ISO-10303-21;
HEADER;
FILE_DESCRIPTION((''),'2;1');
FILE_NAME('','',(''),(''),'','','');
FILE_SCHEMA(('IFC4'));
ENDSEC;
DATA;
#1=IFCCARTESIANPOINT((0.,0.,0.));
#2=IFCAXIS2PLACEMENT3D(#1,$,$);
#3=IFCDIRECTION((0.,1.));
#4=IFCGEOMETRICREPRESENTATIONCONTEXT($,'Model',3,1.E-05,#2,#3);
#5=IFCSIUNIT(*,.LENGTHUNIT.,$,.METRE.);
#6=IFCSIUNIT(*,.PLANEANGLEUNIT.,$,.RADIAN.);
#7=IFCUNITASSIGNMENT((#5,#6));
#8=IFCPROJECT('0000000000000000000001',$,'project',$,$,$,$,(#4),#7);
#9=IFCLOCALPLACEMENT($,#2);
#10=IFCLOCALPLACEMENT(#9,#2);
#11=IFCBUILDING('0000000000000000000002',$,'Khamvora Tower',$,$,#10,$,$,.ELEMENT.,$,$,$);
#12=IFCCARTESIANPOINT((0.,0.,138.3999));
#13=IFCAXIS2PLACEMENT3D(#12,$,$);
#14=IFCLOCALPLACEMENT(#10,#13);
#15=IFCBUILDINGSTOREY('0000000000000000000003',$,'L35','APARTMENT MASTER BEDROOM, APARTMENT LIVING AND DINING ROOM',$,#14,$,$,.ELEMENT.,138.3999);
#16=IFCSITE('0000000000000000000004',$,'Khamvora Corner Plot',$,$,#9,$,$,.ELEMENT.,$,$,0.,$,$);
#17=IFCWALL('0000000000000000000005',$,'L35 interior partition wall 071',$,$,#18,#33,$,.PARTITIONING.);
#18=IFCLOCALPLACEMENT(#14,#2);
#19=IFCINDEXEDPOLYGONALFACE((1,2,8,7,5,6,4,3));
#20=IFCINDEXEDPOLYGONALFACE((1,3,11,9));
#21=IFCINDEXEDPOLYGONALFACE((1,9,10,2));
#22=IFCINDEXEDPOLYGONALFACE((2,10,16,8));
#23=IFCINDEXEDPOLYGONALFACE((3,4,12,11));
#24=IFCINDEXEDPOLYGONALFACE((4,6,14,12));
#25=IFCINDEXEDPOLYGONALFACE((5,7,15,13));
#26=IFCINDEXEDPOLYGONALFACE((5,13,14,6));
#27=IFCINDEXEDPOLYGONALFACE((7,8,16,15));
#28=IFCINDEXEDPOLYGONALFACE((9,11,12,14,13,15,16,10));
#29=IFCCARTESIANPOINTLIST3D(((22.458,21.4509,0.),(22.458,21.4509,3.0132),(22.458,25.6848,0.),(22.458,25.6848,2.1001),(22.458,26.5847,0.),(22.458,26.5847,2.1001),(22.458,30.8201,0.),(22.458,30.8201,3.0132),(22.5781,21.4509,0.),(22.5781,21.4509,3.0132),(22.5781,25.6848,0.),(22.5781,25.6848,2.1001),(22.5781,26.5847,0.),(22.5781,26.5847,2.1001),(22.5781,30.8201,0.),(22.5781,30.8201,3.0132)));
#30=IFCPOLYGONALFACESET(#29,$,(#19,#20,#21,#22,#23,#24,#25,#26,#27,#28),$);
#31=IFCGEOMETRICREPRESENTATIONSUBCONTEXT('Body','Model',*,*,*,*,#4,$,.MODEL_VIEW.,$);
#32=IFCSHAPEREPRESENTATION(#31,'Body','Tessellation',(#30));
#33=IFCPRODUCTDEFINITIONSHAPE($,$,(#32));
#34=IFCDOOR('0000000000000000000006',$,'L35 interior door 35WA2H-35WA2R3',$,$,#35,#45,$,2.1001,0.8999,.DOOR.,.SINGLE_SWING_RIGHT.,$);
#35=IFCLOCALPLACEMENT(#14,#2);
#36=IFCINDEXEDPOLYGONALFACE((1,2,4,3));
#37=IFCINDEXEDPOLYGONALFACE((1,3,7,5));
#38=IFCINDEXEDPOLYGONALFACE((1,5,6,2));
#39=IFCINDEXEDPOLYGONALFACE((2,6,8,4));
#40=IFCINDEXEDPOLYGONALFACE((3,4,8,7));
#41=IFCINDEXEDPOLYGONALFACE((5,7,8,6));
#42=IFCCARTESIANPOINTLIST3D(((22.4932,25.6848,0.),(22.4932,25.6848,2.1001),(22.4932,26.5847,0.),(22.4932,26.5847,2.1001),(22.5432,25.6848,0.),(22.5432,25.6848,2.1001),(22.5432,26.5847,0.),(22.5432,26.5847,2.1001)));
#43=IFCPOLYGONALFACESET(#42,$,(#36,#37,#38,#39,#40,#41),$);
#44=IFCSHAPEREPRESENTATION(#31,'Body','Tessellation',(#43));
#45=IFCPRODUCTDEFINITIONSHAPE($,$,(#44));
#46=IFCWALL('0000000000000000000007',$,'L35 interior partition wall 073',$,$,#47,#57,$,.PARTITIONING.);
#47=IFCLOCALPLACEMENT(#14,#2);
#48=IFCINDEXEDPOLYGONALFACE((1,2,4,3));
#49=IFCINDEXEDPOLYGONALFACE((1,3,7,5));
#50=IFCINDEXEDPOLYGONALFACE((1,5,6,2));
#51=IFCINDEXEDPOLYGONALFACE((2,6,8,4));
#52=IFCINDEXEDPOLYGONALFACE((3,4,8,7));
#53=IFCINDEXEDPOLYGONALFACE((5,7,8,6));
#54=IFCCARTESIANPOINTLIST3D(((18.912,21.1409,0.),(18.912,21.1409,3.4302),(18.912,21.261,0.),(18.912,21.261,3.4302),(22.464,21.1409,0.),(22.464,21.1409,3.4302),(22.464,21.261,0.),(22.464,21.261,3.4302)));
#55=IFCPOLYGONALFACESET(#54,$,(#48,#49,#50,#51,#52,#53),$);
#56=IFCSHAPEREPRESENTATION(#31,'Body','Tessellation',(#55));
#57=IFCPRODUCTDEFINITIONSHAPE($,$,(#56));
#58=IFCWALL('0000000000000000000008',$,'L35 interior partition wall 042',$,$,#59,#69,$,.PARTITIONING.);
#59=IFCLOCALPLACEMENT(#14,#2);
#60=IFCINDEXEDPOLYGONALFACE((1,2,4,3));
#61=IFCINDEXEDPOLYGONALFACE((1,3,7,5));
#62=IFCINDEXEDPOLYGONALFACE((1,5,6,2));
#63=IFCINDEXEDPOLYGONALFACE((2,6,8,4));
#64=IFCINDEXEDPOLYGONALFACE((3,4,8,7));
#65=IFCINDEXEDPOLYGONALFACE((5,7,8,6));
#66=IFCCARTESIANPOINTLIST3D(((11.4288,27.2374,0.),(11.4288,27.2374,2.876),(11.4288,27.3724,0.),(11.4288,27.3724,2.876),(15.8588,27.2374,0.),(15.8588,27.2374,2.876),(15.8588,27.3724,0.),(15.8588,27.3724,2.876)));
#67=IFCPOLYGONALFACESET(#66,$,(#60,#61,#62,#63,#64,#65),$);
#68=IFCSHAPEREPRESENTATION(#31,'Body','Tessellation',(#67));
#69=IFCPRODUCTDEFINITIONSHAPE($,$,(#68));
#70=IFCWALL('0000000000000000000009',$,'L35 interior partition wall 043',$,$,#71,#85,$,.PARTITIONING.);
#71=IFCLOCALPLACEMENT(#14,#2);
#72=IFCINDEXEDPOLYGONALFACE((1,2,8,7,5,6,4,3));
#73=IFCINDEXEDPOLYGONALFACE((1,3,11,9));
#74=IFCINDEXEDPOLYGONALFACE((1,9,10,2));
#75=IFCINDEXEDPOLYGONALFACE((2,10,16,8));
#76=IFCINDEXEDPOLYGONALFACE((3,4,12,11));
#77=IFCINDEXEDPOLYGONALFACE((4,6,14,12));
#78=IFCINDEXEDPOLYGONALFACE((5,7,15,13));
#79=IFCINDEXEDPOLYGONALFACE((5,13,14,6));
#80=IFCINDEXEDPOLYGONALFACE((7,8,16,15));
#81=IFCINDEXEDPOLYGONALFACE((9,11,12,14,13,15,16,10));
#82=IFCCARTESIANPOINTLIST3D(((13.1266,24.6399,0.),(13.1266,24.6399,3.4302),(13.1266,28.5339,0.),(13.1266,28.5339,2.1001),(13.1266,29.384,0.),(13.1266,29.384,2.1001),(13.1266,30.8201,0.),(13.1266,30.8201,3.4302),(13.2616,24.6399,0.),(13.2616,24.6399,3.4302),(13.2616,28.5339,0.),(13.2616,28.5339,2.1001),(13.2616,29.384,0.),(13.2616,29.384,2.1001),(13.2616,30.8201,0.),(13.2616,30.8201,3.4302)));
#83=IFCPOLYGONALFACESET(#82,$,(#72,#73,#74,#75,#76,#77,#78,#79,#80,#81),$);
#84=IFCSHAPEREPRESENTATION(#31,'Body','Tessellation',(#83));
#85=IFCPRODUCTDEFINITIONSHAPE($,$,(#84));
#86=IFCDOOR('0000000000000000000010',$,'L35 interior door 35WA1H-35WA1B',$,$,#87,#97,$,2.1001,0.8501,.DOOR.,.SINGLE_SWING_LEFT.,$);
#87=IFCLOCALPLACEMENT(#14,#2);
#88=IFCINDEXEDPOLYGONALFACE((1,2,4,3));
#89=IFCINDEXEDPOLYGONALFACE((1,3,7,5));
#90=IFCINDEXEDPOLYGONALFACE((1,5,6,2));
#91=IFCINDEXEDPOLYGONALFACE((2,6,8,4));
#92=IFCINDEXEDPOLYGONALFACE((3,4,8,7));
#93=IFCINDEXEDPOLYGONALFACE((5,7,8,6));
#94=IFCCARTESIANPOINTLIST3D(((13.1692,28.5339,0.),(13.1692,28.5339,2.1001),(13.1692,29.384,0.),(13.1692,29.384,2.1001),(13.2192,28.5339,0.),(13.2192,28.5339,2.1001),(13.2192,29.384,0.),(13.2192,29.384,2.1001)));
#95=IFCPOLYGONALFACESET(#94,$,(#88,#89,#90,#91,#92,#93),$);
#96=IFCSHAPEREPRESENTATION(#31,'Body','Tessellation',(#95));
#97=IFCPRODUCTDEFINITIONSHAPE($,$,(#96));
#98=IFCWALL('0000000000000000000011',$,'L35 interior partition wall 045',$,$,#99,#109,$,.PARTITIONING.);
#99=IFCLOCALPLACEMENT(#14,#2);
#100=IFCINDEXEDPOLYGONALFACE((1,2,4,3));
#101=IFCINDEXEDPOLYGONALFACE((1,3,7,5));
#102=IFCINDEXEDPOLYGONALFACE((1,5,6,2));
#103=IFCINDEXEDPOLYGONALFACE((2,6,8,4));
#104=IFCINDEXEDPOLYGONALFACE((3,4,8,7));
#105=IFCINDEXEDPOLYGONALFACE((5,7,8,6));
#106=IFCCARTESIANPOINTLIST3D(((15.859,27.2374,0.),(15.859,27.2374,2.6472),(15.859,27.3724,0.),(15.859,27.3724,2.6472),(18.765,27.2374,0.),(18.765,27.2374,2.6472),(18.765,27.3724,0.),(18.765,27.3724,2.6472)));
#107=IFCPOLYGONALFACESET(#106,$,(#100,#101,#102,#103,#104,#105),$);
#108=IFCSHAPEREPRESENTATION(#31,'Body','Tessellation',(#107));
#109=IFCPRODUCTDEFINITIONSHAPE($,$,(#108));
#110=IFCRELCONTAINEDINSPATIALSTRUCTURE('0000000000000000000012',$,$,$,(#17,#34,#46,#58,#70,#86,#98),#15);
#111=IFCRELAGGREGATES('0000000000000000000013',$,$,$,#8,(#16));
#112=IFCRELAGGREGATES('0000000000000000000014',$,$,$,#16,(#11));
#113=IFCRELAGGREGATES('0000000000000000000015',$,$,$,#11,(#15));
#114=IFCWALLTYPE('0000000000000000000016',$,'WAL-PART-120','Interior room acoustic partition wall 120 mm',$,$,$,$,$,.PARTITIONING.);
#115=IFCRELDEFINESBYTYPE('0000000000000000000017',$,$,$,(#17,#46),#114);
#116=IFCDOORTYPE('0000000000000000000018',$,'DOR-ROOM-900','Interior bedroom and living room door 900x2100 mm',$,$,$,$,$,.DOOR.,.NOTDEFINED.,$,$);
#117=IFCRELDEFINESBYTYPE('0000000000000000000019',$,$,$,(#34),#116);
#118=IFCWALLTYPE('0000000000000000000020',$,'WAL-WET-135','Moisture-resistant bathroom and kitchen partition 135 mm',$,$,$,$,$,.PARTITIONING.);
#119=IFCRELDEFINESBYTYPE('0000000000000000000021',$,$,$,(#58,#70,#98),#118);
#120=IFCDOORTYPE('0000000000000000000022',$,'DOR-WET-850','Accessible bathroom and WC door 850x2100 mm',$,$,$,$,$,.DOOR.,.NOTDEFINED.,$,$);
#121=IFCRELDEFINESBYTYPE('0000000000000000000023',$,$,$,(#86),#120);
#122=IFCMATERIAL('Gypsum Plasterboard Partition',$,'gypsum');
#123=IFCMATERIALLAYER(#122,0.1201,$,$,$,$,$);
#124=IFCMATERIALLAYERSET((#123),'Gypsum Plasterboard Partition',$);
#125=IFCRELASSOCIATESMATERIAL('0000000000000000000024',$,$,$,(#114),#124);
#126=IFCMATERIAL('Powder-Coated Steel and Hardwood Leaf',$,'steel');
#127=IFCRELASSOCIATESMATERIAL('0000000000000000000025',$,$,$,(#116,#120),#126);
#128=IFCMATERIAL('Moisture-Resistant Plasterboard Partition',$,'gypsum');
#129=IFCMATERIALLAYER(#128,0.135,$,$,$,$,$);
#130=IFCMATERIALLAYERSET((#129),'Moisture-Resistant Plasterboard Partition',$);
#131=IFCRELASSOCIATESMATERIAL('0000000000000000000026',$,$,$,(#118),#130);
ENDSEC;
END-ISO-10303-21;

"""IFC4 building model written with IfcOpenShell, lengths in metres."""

from ifc_helpers import new_model, si_unit, direction, frame, frame_2d, origin, place, context, subcontext, project, spatial, rectangle, extrude, material, layer, layer_set, type_object, element, fill, save


model = new_model("IFC4")

# Units and contexts
model_context = context("Model", 3, precision=1e-05, world=origin(), true_north=direction((0.0, 1.0)))
body_context = subcontext(model_context, "Body", "Model", "MODEL_VIEW")
ifc_project = project(units=[si_unit("LENGTHUNIT", "METRE"), si_unit("PLANEANGLEUNIT", "RADIAN")], contexts=[model_context])

# Site, building, storey
site_placement = place(None, origin())
site = spatial("IfcSite", under=ifc_project, at=site_placement, Name="Khamvora Corner Plot", CompositionType="ELEMENT", RefElevation=0.0)
building_placement = place(site_placement, origin())
building = spatial("IfcBuilding", under=site, at=building_placement, Name="Khamvora Tower", CompositionType="ELEMENT")
storey_placement = place(building_placement, frame((0.0, 0.0, 138.3999)))
storey = spatial("IfcBuildingStorey", under=building, at=storey_placement, Name="L35", Description="APARTMENT MASTER BEDROOM, APARTMENT LIVING AND DINING ROOM", CompositionType="ELEMENT", Elevation=138.3999)

# Shared definitions
ifc_material_1 = material(Name="Gypsum Plasterboard Partition", Category="gypsum")
ifc_layer_1 = layer(ifc_material_1, 0.1201)
ifc_layer_set_1 = layer_set([ifc_layer_1], Name="Gypsum Plasterboard Partition")
wall_type_1 = type_object("IfcWallType", Name="WAL-PART-120", Description="Interior room acoustic partition wall 120 mm", PredefinedType="PARTITIONING", material=ifc_layer_set_1)
ifc_material_2 = material(Name="Powder-Coated Steel and Hardwood Leaf", Category="steel")
door_type_1 = type_object("IfcDoorType", Name="DOR-ROOM-900", Description="Interior bedroom and living room door 900x2100 mm", OperationType="NOTDEFINED", PredefinedType="DOOR", material=ifc_material_2)

# Wall, opening, door
wall_1_placement = place(storey_placement, frame((22.5181, 21.4509, 0.0), z_axis=(0.0, 0.0, 1.0), x_axis=(0.0, 1.0, 0.0)))
wall_1 = element("IfcWall", 1, at=wall_1_placement, inside=storey, type_object=wall_type_1, Name="L35 interior partition wall 071", PredefinedType="PARTITIONING", context=body_context, shape_type="SweptSolid", body=[
    extrude(rectangle(XDim=9.3691, YDim=0.1201, at=frame_2d((4.6846, 0.0))), origin(), (0.0, 0.0, 1.0), 3.0132),
])
opening_1_placement = place(wall_1_placement, frame((4.2339, 0.0, 0.0)))
opening_1 = element("IfcOpeningElement", 2, at=opening_1_placement, cuts=wall_1, PredefinedType="OPENING", context=body_context, shape_type="SweptSolid", body=[
    extrude(rectangle(XDim=0.8999, YDim=2.1001, at=frame_2d((0.45, 1.05))), frame((0.0, 0.0701, 0.0), z_axis=(0.0, -1.0, 0.0), x_axis=(1.0, 0.0, 0.0)), (0.0, 0.0, 1.0), 0.1401),
])
door_1_placement = place(opening_1_placement, origin())
door_1 = element("IfcDoor", 3, at=door_1_placement, inside=storey, type_object=door_type_1, Name="L35 interior door 35WA2H-35WA2R3", OperationType="SINGLE_SWING_RIGHT", OverallHeight=2.1001, OverallWidth=0.8999, PredefinedType="DOOR", context=body_context, shape_type="SweptSolid", body=[
    extrude(rectangle(XDim=0.8999, YDim=2.1001, at=frame_2d((0.45, 1.05))), frame((0.0, 0.0249, 0.0), z_axis=(0.0, -1.0, 0.0), x_axis=(1.0, 0.0, 0.0)), (0.0, 0.0, 1.0), 0.05),
])
fill(opening_1, door_1)

# Walls
wall_2_placement = place(storey_placement, frame((18.9121, 21.2009, 0.0), z_axis=(0.0, 0.0, 1.0), x_axis=(1.0, 0.0, 0.0)))
element("IfcWall", 4, at=wall_2_placement, inside=storey, type_object=wall_type_1, Name="L35 interior partition wall 073", PredefinedType="PARTITIONING", context=body_context, shape_type="SweptSolid", body=[
    extrude(rectangle(XDim=3.552, YDim=0.1201, at=frame_2d((1.7759, 0.0))), origin(), (0.0, 0.0, 1.0), 3.4302),
])
ifc_material_3 = material(Name="Moisture-Resistant Plasterboard Partition", Category="gypsum")
ifc_layer_2 = layer(ifc_material_3, 0.135)
ifc_layer_set_2 = layer_set([ifc_layer_2], Name="Moisture-Resistant Plasterboard Partition")
wall_type_2 = type_object("IfcWallType", Name="WAL-WET-135", Description="Moisture-resistant bathroom and kitchen partition 135 mm", PredefinedType="PARTITIONING", material=ifc_layer_set_2)
wall_3_placement = place(storey_placement, frame((11.429, 27.3049, 0.0), z_axis=(0.0, 0.0, 1.0), x_axis=(1.0, 0.0, 0.0)))
element("IfcWall", 5, at=wall_3_placement, inside=storey, type_object=wall_type_2, Name="L35 interior partition wall 042", PredefinedType="PARTITIONING", context=body_context, shape_type="SweptSolid", body=[
    extrude(rectangle(XDim=4.4299, YDim=0.135, at=frame_2d((2.2148, 0.0))), origin(), (0.0, 0.0, 1.0), 2.876),
])

# Wall, opening, door
wall_4_placement = place(storey_placement, frame((13.1941, 24.6399, 0.0), z_axis=(0.0, 0.0, 1.0), x_axis=(0.0, 1.0, 0.0)))
wall_4 = element("IfcWall", 6, at=wall_4_placement, inside=storey, type_object=wall_type_2, Name="L35 interior partition wall 043", PredefinedType="PARTITIONING", context=body_context, shape_type="SweptSolid", body=[
    extrude(rectangle(XDim=6.1802, YDim=0.135, at=frame_2d((3.0901, 0.0))), origin(), (0.0, 0.0, 1.0), 3.4302),
])
opening_2_placement = place(wall_4_placement, frame((3.894, 0.0, 0.0)))
opening_2 = element("IfcOpeningElement", 7, at=opening_2_placement, cuts=wall_4, PredefinedType="OPENING", context=body_context, shape_type="SweptSolid", body=[
    extrude(rectangle(XDim=0.8501, YDim=2.1001, at=frame_2d((0.425, 1.05))), frame((0.0, 0.0774, 0.0), z_axis=(0.0, -1.0, 0.0), x_axis=(1.0, 0.0, 0.0)), (0.0, 0.0, 1.0), 0.155),
])
door_type_2 = type_object("IfcDoorType", Name="DOR-WET-850", Description="Accessible bathroom and WC door 850x2100 mm", OperationType="NOTDEFINED", PredefinedType="DOOR", material=ifc_material_2)
door_2_placement = place(opening_2_placement, origin())
door_2 = element("IfcDoor", 8, at=door_2_placement, inside=storey, type_object=door_type_2, Name="L35 interior door 35WA1H-35WA1B", OperationType="SINGLE_SWING_LEFT", OverallHeight=2.1001, OverallWidth=0.8501, PredefinedType="DOOR", context=body_context, shape_type="SweptSolid", body=[
    extrude(rectangle(XDim=0.8501, YDim=2.1001, at=frame_2d((0.425, 1.05))), frame((0.0, 0.0249, 0.0), z_axis=(0.0, -1.0, 0.0), x_axis=(1.0, 0.0, 0.0)), (0.0, 0.0, 1.0), 0.05),
])
fill(opening_2, door_2)

# Wall
wall_5_placement = place(storey_placement, frame((15.8589, 27.3049, 0.0), z_axis=(0.0, 0.0, 1.0), x_axis=(1.0, 0.0, 0.0)))
element("IfcWall", 9, at=wall_5_placement, inside=storey, type_object=wall_type_2, Name="L35 interior partition wall 045", PredefinedType="PARTITIONING", context=body_context, shape_type="SweptSolid", body=[
    extrude(rectangle(XDim=2.906, YDim=0.135, at=frame_2d((1.4531, 0.0))), origin(), (0.0, 0.0, 1.0), 2.6472),
])

save(model, "model.ifc")
